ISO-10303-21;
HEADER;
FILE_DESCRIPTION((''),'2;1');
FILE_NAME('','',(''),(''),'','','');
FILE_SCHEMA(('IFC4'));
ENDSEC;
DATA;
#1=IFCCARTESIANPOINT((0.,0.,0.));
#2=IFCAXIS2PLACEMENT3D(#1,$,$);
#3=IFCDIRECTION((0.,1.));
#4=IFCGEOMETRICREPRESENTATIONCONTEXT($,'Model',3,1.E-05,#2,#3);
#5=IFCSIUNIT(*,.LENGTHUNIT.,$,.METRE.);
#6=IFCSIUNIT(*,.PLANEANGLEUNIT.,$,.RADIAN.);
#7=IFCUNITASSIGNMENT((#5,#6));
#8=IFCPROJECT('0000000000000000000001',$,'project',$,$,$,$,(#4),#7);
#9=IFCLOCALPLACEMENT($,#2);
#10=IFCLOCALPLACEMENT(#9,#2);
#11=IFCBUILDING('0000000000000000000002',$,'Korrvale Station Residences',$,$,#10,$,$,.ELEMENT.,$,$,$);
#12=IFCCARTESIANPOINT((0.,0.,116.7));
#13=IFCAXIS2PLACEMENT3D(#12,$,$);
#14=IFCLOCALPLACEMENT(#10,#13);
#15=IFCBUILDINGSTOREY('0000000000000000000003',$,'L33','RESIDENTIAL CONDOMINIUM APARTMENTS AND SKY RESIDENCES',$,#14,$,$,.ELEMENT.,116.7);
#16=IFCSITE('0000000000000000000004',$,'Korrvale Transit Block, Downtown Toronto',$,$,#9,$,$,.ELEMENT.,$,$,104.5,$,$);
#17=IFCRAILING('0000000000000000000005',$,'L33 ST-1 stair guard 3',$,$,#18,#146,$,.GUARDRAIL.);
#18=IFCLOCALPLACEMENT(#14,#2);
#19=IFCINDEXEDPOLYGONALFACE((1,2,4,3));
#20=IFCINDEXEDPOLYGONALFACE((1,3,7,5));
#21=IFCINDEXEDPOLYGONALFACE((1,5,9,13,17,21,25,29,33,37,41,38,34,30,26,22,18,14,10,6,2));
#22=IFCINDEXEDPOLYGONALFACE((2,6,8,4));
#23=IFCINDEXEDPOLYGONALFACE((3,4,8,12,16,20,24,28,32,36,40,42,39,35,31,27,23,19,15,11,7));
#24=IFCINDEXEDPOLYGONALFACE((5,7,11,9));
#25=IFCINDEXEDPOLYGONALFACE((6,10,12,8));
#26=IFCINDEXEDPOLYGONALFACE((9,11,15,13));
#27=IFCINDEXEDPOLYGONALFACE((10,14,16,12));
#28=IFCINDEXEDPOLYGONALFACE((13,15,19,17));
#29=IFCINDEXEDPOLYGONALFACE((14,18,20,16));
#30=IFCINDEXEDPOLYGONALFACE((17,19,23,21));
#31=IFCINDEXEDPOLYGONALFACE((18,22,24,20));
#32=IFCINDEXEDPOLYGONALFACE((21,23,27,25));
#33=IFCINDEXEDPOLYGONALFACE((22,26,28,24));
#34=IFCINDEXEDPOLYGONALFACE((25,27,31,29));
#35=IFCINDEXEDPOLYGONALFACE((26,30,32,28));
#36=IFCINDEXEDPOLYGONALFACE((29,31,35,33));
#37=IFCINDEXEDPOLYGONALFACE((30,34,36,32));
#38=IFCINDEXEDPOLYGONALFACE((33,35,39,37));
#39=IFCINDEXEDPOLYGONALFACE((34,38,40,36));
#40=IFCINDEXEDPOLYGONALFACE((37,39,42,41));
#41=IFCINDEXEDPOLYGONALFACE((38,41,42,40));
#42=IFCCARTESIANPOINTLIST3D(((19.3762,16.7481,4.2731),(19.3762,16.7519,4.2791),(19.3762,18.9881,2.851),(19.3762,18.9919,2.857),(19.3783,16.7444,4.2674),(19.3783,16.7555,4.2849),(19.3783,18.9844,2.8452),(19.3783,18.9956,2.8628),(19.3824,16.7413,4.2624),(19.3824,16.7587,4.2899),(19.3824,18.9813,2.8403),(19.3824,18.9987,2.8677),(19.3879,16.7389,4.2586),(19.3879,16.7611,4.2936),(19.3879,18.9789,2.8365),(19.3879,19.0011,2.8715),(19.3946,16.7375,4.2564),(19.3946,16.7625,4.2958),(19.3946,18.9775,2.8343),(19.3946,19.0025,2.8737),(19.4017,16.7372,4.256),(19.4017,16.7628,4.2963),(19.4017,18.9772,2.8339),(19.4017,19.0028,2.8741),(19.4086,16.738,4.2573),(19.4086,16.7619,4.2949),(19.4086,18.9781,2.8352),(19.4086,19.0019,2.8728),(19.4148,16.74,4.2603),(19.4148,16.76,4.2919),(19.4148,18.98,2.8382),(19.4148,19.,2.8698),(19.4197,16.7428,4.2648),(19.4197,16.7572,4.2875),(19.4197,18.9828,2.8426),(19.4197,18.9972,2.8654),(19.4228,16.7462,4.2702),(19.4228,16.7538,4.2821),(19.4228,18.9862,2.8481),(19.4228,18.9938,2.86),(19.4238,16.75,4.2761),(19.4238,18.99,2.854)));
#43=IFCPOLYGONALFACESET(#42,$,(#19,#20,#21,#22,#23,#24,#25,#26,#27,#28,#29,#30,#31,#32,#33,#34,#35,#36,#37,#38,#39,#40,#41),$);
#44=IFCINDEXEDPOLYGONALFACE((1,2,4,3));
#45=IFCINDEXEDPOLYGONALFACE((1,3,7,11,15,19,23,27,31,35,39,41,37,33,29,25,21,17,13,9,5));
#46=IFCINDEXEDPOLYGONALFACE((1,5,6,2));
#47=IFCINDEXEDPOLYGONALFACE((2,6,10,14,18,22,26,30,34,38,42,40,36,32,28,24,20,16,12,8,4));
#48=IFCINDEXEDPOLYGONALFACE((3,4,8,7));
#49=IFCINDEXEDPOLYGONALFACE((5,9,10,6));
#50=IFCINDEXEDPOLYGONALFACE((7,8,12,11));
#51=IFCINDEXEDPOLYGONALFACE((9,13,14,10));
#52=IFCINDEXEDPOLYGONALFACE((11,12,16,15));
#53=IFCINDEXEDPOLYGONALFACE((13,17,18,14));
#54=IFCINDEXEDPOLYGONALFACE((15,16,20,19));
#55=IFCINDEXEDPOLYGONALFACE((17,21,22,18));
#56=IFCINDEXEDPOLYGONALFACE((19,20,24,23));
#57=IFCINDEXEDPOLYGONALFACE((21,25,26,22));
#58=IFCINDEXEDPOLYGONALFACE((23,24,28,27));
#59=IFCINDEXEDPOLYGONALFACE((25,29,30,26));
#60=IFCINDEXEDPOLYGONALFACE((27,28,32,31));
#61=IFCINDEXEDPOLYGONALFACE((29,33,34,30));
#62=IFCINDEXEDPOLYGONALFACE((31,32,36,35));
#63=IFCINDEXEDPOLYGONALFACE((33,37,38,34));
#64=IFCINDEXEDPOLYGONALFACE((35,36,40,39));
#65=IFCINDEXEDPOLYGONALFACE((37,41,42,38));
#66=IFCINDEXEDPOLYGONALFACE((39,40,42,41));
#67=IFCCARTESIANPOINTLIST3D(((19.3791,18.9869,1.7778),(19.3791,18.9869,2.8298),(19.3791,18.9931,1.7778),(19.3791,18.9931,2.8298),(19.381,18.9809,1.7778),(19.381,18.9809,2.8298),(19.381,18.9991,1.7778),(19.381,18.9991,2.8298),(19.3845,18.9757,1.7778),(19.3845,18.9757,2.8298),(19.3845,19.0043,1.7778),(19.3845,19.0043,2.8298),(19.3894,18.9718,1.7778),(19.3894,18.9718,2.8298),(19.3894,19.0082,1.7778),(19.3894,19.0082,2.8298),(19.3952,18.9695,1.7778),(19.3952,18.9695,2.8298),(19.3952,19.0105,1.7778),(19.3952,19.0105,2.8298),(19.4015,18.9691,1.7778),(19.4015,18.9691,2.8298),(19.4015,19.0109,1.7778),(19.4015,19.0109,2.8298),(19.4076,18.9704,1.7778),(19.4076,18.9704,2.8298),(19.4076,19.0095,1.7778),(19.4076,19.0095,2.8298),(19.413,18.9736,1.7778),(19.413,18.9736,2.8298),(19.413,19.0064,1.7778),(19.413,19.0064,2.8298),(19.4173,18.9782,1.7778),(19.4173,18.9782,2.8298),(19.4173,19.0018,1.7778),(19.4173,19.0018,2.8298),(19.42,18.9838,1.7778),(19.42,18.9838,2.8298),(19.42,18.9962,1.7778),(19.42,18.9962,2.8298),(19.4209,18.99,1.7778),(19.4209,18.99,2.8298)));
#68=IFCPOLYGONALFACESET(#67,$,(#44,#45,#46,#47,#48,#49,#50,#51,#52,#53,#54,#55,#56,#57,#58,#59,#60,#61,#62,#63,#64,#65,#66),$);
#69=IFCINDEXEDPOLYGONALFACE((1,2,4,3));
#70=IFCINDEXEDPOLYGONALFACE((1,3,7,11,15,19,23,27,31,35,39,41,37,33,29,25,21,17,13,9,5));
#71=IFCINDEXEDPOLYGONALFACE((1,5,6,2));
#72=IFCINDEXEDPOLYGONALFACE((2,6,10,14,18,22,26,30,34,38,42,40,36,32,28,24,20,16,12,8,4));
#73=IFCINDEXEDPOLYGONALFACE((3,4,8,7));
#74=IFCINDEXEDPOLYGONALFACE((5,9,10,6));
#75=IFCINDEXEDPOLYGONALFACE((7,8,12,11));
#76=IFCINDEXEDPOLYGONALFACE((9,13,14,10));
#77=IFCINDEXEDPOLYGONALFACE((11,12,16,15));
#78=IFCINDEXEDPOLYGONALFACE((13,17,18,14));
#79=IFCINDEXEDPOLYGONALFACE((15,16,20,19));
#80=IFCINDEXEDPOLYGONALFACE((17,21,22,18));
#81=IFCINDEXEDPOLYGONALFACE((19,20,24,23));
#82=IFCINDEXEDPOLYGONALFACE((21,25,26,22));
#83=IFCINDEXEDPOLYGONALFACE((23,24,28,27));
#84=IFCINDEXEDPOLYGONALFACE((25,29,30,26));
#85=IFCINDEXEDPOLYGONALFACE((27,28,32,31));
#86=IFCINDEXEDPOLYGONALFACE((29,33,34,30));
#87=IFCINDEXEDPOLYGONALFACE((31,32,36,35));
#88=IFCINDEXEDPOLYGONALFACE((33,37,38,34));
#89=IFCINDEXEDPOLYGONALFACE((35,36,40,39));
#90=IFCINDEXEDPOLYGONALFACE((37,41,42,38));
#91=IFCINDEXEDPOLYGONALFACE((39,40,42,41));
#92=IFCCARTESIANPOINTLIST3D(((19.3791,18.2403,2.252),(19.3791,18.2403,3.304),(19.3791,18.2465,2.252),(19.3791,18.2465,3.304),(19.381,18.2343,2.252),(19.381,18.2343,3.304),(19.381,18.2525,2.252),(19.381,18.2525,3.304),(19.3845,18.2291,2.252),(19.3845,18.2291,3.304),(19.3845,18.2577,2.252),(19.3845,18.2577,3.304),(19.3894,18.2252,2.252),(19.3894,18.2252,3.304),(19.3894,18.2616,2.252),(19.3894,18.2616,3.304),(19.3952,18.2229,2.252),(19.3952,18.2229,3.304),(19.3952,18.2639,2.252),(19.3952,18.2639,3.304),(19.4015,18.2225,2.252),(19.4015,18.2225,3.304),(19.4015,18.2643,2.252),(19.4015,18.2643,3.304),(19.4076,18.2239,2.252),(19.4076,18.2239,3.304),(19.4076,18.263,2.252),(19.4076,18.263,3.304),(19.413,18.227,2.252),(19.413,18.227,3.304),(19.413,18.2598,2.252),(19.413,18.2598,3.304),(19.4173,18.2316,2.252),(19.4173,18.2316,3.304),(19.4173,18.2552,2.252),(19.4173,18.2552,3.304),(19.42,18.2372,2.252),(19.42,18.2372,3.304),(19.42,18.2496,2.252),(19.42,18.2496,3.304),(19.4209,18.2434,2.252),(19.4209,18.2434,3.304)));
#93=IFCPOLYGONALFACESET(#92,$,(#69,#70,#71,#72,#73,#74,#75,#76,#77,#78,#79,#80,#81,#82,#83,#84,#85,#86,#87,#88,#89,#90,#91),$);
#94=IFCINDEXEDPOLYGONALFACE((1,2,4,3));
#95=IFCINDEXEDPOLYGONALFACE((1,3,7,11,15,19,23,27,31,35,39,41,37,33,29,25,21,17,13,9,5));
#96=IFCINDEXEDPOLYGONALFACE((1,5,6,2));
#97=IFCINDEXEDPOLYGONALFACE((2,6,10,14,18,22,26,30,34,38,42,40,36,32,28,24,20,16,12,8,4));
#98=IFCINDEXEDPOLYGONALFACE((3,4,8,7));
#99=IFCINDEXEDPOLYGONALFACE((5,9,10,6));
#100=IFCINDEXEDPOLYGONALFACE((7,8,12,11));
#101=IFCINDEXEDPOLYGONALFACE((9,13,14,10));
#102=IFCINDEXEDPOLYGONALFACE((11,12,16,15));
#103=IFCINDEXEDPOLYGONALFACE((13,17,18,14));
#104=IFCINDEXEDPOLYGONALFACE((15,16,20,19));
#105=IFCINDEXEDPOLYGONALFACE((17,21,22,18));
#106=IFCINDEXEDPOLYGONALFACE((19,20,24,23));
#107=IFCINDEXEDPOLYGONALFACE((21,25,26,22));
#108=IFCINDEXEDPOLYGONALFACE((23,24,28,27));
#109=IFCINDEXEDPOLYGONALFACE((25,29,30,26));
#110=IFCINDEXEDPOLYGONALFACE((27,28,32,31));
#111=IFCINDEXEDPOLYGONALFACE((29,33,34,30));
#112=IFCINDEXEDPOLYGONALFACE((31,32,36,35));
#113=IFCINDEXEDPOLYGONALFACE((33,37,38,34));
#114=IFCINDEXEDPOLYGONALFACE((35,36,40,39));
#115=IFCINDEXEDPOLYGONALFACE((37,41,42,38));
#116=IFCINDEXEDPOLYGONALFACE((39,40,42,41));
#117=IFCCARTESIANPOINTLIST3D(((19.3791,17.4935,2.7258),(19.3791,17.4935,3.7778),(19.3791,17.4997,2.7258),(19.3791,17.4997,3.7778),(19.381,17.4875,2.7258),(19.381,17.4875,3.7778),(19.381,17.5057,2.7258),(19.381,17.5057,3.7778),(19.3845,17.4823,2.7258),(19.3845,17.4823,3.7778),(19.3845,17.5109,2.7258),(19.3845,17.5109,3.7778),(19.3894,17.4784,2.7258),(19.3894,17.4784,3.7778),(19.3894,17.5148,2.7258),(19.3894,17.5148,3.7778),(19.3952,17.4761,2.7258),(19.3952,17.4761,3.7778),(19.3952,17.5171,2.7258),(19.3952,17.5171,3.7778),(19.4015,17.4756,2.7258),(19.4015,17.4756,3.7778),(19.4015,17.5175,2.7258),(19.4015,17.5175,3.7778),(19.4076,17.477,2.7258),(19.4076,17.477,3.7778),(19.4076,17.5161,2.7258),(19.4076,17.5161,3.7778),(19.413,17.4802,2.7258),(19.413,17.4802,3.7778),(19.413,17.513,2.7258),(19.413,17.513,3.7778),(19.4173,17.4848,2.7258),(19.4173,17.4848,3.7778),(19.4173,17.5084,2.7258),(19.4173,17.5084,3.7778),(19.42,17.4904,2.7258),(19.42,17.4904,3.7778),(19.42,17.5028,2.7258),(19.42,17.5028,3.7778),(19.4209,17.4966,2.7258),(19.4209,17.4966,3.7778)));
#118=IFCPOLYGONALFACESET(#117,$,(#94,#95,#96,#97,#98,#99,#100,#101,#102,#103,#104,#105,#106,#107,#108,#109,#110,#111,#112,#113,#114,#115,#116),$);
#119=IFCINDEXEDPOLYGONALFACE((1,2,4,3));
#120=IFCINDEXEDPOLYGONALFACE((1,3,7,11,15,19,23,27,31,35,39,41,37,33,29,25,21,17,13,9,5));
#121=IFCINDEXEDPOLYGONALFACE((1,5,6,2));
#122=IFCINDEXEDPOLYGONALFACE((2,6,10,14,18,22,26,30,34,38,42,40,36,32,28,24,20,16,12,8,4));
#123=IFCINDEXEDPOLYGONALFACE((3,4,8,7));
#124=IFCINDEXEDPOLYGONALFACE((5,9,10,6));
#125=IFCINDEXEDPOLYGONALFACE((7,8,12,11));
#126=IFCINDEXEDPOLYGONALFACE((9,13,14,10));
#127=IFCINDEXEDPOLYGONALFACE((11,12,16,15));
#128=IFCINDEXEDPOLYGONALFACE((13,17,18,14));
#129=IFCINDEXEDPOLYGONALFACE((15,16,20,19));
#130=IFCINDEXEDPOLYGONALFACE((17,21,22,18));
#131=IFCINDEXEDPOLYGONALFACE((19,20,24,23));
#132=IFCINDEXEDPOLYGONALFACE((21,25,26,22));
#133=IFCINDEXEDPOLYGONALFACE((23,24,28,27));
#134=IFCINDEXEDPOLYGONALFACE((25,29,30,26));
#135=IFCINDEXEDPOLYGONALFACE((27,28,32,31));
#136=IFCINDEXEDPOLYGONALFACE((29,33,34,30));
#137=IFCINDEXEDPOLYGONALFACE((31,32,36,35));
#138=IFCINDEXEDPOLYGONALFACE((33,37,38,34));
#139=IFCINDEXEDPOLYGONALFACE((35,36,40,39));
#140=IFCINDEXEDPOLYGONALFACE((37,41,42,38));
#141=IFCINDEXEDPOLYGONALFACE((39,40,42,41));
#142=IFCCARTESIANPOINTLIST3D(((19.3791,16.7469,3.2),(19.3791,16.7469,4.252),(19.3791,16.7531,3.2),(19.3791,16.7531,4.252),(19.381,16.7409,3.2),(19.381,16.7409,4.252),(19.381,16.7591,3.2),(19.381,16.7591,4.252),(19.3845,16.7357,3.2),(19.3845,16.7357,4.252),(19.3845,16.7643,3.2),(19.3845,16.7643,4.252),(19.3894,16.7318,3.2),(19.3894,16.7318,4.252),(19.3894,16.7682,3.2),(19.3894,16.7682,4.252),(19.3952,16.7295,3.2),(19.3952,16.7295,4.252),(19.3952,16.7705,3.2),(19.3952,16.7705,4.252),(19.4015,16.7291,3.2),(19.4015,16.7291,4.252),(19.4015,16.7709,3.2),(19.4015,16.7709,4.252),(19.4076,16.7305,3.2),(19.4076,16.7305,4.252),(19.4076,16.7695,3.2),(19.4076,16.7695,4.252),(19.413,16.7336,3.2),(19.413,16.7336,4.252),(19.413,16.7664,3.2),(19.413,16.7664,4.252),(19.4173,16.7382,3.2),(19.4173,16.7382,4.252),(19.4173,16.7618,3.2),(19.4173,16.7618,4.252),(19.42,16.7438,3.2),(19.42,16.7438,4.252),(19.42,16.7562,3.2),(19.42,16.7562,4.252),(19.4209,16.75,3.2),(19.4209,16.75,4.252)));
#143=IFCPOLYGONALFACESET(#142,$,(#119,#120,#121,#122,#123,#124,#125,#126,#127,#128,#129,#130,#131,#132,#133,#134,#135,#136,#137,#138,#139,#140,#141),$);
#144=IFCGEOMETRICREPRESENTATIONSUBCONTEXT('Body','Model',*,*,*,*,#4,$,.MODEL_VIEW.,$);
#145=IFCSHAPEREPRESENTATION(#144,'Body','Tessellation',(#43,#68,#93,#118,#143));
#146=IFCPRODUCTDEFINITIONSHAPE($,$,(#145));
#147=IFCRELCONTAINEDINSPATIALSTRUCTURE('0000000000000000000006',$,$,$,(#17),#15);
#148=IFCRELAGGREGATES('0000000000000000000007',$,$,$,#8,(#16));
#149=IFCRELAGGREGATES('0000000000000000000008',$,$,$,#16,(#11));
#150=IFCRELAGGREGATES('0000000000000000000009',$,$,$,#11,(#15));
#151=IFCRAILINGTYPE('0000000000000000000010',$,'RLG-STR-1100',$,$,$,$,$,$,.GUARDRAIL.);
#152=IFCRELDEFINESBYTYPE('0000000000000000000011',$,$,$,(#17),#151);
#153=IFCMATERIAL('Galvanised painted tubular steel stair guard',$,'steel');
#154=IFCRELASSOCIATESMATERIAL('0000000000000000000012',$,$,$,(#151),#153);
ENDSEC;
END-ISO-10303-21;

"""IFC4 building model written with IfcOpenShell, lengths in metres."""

from ifc_helpers import new_model, si_unit, direction, frame, origin, origin_2d, place, context, subcontext, project, spatial, circle, extrude, material, type_object, element, save


model = new_model("IFC4")

# Units and contexts
model_context = context("Model", 3, precision=1e-05, world=origin(), true_north=direction((0.0, 1.0)))
body_context = subcontext(model_context, "Body", "Model", "MODEL_VIEW")
ifc_project = project(units=[si_unit("LENGTHUNIT", "METRE"), si_unit("PLANEANGLEUNIT", "RADIAN")], contexts=[model_context])

# Site, building, storey
site_placement = place(None, origin())
site = spatial("IfcSite", under=ifc_project, at=site_placement, Name="Korrvale Transit Block, Downtown Toronto", CompositionType="ELEMENT", RefElevation=104.5)
building_placement = place(site_placement, origin())
building = spatial("IfcBuilding", under=site, at=building_placement, Name="Korrvale Station Residences", CompositionType="ELEMENT")
storey_placement = place(building_placement, frame((0.0, 0.0, 116.7)))
storey = spatial("IfcBuildingStorey", under=building, at=storey_placement, Name="L33", Description="RESIDENTIAL CONDOMINIUM APARTMENTS AND SKY RESIDENCES", CompositionType="ELEMENT", Elevation=116.7)

# Railing
ifc_material_1 = material(Name="Galvanised painted tubular steel stair guard", Category="steel")
railing_type = type_object("IfcRailingType", Name="RLG-STR-1100", PredefinedType="GUARDRAIL", material=ifc_material_1)
railing_1_placement = place(storey_placement, frame((19.3999, 18.99, 1.7778)))
element("IfcRailing", 1, at=railing_1_placement, inside=storey, type_object=railing_type, Name="L33 ST-1 stair guard 3", PredefinedType="GUARDRAIL", context=body_context, shape_type="SweptSolid", body=[
    extrude(circle(Radius=0.0239, at=origin_2d()), frame((0.0, 0.0, 1.0762), z_axis=(0.0, -0.844229, 0.535982), x_axis=(1.0, 0.0, 0.0)), (0.0, 0.0, 1.0), 2.6533),
    extrude(circle(Radius=0.021, at=origin_2d()), origin(), (0.0, 0.0, 1.0), 1.052),
    extrude(circle(Radius=0.021, at=origin_2d()), frame((0.0, -0.7466, 0.4741)), (0.0, 0.0, 1.0), 1.052),
    extrude(circle(Radius=0.021, at=origin_2d()), frame((0.0, -1.4934, 0.948)), (0.0, 0.0, 1.0), 1.052),
    extrude(circle(Radius=0.021, at=origin_2d()), frame((0.0, -2.24, 1.4221)), (0.0, 0.0, 1.0), 1.052),
])

save(model, "model.ifc")
